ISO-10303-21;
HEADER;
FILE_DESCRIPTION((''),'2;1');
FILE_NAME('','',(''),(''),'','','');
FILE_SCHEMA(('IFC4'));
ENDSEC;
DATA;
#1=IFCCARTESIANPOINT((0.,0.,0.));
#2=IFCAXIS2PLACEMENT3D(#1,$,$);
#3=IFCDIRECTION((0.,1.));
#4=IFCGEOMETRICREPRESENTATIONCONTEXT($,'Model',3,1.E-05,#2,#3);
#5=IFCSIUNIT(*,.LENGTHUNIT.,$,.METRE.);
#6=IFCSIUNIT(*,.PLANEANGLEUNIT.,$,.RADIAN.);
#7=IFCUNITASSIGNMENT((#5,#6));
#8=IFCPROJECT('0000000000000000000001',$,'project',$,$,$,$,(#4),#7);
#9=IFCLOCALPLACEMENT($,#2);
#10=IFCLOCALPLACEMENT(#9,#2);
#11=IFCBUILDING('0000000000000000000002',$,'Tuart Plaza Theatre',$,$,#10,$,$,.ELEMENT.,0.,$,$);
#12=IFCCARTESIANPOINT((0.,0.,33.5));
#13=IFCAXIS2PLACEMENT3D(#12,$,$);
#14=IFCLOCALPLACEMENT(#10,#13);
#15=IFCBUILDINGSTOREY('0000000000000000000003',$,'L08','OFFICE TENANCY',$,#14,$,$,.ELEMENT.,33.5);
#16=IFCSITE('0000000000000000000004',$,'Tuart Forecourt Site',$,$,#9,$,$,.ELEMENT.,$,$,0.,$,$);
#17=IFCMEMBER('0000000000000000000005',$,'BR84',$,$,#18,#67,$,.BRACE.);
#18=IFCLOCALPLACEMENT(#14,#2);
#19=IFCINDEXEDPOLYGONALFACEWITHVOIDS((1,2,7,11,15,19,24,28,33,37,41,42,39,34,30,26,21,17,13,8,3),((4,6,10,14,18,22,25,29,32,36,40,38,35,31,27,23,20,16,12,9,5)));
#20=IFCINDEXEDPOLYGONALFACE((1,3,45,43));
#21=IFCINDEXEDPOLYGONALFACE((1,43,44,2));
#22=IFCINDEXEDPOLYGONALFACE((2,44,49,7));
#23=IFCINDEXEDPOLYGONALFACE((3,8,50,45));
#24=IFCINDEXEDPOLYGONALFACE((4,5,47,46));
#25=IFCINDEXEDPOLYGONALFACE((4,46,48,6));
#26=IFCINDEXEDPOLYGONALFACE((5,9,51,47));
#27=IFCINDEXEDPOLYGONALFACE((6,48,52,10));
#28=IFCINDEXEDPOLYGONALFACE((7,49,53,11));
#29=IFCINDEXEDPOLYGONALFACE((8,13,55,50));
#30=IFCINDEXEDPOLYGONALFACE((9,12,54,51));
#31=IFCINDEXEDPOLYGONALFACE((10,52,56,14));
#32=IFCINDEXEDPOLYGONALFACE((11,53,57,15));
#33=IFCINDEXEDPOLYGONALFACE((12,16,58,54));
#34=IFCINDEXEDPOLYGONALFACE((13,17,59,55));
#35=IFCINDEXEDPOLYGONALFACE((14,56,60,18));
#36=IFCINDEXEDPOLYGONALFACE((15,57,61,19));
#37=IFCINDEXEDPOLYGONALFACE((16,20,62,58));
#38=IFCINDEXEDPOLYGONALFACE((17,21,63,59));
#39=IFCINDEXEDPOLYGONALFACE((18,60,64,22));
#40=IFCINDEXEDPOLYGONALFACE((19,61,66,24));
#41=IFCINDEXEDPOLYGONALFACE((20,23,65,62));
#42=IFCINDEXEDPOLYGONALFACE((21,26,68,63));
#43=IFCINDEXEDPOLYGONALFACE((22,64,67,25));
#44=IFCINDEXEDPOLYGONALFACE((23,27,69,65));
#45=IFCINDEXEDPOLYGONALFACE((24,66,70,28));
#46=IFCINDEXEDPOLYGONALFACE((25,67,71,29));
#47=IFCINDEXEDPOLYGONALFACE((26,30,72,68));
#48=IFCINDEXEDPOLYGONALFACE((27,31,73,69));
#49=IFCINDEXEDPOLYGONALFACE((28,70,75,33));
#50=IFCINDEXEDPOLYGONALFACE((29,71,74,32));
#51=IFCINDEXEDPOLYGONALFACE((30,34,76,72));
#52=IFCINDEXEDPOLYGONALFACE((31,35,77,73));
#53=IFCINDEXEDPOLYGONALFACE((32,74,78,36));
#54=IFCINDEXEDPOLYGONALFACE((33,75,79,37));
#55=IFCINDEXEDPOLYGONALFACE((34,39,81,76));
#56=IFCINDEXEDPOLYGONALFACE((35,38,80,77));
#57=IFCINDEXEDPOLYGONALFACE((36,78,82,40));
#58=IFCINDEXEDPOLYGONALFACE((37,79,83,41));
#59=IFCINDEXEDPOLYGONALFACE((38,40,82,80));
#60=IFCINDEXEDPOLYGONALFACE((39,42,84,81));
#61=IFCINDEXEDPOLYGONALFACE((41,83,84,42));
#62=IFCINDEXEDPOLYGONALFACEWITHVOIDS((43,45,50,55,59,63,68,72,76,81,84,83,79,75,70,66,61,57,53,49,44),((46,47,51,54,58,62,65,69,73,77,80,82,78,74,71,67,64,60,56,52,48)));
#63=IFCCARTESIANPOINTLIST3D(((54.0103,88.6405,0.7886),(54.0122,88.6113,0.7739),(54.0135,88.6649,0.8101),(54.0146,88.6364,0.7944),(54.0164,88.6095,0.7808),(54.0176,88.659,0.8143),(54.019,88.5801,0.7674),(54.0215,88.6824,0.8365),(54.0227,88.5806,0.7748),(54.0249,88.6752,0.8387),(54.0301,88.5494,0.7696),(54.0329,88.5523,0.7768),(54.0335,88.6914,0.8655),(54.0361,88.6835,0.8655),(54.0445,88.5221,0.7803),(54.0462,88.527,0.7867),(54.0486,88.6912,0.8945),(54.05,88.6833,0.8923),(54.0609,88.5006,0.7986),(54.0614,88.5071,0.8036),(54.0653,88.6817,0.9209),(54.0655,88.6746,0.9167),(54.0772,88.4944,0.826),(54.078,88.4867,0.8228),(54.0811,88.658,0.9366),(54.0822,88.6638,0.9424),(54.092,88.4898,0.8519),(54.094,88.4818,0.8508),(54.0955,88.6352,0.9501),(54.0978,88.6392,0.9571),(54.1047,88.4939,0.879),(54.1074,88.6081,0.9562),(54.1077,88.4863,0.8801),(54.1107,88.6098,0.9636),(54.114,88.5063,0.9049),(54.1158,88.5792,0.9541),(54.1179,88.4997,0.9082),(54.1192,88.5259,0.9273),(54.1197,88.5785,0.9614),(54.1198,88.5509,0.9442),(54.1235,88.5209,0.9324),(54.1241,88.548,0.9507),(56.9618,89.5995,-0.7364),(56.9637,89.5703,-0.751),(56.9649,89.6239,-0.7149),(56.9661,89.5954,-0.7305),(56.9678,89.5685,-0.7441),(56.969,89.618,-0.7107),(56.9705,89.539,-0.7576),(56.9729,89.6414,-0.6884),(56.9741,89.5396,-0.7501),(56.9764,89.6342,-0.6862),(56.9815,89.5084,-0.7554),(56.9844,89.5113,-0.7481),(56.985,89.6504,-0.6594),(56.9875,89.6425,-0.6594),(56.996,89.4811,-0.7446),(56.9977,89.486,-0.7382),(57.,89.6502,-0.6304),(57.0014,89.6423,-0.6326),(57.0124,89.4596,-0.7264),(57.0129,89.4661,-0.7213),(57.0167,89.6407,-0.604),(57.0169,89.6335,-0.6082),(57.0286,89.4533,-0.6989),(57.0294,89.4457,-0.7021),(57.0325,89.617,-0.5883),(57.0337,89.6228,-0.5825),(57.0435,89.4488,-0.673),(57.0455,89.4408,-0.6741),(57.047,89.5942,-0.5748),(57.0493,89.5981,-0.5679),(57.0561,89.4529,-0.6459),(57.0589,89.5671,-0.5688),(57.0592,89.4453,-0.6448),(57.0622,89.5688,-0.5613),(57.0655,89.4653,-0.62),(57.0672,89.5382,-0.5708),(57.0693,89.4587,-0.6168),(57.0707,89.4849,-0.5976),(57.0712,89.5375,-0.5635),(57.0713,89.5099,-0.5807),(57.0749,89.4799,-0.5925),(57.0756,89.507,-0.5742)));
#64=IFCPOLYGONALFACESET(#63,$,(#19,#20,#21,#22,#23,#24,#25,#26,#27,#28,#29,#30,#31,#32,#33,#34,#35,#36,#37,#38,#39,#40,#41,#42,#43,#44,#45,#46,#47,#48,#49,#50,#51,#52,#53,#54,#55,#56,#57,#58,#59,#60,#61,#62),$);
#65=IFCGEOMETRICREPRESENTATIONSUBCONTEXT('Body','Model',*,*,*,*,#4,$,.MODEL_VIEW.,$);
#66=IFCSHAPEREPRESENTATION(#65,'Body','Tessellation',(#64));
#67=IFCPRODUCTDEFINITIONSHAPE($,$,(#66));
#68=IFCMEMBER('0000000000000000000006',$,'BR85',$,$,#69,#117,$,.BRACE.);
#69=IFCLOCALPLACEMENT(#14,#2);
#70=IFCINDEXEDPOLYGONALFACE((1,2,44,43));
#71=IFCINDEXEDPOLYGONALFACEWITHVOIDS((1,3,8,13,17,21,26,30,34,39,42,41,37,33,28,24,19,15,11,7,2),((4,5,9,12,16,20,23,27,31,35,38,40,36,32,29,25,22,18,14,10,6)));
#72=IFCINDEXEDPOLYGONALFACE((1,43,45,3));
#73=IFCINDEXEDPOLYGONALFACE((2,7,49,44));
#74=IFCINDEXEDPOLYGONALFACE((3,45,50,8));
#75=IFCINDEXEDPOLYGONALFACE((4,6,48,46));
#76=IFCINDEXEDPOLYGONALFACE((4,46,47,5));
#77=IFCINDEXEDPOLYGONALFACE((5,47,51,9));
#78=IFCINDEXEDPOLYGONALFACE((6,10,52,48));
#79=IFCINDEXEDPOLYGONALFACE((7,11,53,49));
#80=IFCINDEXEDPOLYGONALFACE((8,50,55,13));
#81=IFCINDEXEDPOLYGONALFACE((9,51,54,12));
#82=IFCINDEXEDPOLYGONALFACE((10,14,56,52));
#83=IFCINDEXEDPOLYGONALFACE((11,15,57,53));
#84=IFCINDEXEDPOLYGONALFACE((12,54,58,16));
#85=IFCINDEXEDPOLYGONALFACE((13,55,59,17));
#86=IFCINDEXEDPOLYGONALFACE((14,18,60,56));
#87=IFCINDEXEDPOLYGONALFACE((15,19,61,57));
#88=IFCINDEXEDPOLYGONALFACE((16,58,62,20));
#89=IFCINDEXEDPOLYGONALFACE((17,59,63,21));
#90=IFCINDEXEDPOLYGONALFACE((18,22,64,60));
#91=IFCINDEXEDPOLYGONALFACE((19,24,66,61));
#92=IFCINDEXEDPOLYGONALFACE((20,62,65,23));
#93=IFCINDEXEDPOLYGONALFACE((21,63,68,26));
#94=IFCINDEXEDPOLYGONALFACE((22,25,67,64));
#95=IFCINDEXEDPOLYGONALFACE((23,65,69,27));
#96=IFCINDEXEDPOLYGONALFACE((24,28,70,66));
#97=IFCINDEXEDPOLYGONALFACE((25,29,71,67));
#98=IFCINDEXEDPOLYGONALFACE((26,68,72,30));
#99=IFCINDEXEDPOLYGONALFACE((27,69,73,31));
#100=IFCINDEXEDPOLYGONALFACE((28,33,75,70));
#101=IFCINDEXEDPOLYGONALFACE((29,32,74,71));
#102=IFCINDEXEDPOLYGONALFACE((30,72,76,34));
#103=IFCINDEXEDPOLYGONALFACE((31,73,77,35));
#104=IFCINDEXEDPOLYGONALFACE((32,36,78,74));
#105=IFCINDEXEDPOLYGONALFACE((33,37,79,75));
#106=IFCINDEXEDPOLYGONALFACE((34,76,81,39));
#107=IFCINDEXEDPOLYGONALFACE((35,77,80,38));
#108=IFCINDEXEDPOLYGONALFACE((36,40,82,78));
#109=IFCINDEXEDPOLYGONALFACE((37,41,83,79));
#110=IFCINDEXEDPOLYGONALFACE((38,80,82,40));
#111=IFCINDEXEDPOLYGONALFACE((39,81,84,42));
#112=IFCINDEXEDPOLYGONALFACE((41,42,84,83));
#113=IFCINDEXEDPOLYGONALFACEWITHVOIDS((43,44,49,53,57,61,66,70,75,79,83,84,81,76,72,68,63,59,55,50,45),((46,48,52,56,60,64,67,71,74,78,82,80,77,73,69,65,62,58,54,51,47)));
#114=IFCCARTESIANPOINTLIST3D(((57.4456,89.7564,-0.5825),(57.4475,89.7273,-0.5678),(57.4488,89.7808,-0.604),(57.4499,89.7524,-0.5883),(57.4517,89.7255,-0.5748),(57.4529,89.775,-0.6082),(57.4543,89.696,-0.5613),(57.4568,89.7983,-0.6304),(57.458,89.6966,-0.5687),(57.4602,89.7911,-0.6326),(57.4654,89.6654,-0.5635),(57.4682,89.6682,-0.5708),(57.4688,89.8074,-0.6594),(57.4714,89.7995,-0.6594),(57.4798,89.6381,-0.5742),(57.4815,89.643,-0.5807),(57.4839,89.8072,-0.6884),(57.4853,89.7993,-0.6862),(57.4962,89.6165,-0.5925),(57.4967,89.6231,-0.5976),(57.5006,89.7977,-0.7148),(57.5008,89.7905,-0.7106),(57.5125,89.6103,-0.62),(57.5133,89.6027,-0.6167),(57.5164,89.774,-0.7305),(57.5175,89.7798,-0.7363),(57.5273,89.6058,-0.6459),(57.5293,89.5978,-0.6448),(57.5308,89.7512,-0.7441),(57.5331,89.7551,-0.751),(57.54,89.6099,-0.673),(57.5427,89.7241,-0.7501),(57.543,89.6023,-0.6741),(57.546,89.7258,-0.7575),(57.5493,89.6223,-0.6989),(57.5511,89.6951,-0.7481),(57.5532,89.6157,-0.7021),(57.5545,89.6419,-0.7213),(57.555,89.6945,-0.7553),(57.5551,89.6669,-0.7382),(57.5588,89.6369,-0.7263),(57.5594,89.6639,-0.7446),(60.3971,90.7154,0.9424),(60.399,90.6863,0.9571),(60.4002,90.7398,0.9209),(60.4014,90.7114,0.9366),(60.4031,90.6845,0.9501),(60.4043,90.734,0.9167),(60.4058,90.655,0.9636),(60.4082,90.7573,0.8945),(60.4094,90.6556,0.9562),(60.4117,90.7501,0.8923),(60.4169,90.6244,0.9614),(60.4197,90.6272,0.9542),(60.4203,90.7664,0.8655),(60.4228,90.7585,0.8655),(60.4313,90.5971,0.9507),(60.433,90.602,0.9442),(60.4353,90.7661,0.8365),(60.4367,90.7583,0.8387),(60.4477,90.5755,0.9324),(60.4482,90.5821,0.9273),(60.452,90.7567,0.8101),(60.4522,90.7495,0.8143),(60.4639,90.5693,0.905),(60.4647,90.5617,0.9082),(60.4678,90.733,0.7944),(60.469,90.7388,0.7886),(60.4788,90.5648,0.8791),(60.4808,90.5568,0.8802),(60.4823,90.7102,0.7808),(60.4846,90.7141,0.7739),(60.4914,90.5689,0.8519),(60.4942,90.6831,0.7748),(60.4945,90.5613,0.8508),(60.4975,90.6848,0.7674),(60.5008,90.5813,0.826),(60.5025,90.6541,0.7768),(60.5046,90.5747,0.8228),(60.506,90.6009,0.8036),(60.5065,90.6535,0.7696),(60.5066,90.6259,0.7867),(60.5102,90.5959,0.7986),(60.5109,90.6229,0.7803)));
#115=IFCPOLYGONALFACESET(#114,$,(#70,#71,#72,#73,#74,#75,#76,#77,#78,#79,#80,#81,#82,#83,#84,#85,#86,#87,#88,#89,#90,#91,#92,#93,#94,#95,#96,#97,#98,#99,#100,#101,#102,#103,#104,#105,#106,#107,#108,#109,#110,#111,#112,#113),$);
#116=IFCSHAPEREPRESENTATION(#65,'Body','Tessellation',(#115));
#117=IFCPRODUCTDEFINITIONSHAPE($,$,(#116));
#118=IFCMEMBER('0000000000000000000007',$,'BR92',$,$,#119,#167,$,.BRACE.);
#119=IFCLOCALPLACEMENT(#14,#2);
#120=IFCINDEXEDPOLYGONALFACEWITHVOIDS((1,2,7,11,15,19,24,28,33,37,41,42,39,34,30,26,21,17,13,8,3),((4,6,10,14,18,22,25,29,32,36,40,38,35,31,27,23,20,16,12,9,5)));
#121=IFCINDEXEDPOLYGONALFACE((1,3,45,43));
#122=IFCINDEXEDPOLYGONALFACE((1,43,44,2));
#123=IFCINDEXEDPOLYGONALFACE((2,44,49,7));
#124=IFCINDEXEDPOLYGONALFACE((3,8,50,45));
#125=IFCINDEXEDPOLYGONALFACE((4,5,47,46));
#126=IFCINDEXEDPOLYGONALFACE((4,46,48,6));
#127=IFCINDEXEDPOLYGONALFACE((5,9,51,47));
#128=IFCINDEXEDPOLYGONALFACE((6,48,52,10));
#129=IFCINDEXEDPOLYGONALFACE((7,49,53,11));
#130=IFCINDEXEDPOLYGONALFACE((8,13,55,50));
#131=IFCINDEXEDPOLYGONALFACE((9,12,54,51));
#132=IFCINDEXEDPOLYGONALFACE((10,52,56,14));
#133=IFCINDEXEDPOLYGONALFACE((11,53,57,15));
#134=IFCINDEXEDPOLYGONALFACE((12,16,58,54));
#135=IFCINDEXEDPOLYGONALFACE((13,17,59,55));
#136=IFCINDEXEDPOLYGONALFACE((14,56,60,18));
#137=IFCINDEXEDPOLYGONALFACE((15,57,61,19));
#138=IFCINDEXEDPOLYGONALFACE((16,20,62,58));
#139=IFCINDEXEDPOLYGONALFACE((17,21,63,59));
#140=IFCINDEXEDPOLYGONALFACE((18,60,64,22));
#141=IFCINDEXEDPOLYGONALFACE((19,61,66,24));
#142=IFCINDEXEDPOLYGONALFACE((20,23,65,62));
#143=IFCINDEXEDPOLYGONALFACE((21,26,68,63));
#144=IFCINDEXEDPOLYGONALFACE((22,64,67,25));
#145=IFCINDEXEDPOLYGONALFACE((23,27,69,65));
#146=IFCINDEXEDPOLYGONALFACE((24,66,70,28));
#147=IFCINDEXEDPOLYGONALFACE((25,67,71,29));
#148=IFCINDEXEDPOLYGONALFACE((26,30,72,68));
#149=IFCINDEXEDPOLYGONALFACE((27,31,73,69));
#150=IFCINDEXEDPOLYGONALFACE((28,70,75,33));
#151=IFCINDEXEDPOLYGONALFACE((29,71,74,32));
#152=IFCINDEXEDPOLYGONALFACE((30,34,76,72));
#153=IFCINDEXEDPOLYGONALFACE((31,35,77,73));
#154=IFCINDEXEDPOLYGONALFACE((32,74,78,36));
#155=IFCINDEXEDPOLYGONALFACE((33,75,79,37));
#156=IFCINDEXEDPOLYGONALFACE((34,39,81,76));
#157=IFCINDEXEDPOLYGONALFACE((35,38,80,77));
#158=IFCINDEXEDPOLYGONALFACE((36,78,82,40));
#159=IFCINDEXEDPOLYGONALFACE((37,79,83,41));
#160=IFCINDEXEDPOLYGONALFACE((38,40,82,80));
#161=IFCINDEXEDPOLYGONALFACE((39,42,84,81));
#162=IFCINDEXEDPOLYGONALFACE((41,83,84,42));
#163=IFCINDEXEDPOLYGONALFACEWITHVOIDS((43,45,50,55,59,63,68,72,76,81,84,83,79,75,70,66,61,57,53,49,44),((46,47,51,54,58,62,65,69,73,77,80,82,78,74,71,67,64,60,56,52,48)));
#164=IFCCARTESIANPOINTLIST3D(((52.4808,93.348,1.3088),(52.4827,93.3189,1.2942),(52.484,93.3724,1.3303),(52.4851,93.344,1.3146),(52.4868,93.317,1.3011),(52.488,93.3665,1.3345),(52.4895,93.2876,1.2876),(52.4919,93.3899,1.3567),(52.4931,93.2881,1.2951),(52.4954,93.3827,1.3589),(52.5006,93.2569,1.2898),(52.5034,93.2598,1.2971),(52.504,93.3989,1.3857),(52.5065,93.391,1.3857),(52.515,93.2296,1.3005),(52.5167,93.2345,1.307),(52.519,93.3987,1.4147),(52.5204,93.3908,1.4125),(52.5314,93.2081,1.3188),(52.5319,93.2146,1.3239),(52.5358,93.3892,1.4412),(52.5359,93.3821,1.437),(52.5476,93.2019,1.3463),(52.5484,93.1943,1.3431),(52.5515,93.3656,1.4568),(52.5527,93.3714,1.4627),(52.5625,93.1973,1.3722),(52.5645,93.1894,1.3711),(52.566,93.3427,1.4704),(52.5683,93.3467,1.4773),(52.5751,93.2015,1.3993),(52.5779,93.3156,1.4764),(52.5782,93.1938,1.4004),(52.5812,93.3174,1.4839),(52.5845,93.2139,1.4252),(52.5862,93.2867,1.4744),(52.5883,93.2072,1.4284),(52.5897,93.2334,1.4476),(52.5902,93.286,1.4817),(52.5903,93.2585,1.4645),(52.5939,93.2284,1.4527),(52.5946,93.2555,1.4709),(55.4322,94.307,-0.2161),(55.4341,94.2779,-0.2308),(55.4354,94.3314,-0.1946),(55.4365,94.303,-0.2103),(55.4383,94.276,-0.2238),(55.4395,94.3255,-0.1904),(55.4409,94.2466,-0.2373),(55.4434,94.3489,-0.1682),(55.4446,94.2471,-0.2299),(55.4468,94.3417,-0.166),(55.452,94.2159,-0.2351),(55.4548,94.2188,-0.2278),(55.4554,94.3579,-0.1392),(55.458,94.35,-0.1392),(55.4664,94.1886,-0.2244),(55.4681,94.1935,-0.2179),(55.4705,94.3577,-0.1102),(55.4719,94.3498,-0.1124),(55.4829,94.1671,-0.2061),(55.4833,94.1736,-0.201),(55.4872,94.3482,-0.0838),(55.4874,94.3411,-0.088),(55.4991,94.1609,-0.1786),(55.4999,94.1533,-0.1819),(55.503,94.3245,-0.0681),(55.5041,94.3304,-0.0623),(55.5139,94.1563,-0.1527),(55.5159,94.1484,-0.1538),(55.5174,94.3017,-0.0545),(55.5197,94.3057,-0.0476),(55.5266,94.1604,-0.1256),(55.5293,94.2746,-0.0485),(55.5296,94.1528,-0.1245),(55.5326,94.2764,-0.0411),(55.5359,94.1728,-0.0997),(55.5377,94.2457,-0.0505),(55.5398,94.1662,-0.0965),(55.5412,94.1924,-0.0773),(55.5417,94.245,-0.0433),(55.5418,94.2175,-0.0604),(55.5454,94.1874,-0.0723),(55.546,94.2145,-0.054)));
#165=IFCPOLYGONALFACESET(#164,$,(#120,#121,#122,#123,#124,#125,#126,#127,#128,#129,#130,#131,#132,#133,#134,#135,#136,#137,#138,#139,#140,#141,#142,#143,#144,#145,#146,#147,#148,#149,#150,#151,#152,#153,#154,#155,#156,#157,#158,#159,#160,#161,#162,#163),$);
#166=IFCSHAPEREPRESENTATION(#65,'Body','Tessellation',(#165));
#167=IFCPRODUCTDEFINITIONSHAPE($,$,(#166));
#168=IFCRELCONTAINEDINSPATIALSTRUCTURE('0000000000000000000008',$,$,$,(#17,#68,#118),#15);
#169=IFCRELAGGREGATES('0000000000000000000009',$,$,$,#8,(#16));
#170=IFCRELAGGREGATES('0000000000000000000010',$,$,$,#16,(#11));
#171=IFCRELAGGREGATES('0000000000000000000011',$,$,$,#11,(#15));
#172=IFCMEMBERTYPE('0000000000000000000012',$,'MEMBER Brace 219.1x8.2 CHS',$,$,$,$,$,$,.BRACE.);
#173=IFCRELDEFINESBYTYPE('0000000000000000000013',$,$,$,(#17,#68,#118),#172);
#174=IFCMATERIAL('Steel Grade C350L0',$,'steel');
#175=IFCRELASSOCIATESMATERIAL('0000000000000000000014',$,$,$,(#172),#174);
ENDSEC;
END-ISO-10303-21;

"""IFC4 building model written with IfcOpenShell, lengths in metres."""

from ifc_helpers import new_model, si_unit, direction, frame, origin, origin_2d, place, context, subcontext, project, spatial, hollow_circle, extrude, material, material_profile, profile_set, type_object, element, save


model = new_model("IFC4")

# Units and contexts
model_context = context("Model", 3, precision=1e-05, world=origin(), true_north=direction((0.0, 1.0)))
body_context = subcontext(model_context, "Body", "Model", "MODEL_VIEW")
ifc_project = project(units=[si_unit("LENGTHUNIT", "METRE"), si_unit("PLANEANGLEUNIT", "RADIAN")], contexts=[model_context])

# Site, building, storey
site_placement = place(None, origin())
site = spatial("IfcSite", under=ifc_project, at=site_placement, Name="Tuart Forecourt Site", CompositionType="ELEMENT", RefElevation=0.0)
building_placement = place(site_placement, origin())
building = spatial("IfcBuilding", under=site, at=building_placement, Name="Tuart Plaza Theatre", CompositionType="ELEMENT", ElevationOfRefHeight=0.0)
storey_placement = place(building_placement, frame((0.0, 0.0, 33.5)))
storey = spatial("IfcBuildingStorey", under=building, at=storey_placement, Name="L08", Description="OFFICE TENANCY", CompositionType="ELEMENT", Elevation=33.5)

# Members
ifc_material_1 = material(Name="Steel Grade C350L0", Category="steel")
ifc_material_profile_1 = material_profile(ifc_material_1, hollow_circle(Radius=0.1096, WallThickness=0.0083, at=origin_2d()), Name="219.1x8.2 CHS")
ifc_profile_set_1 = profile_set([ifc_material_profile_1], Name="Steel Grade C350L0")
member_type_1 = type_object("IfcMemberType", Name="MEMBER Brace 219.1x8.2 CHS", PredefinedType="BRACE", material=ifc_profile_set_1)
for number, where, z_axis, x_axis, name in (
    (1, (54.0674, 88.5872, 0.8655), (0.853573, 0.277346, -0.441014), (-0.30902, 0.951055, 0.0), "BR84"),
    (2, (57.5027, 89.7031, -0.6594), (0.853573, 0.277346, 0.441014), (-0.30902, 0.951055, 0.0), "BR85"),
    (3, (52.5378, 93.2947, 1.3857), (0.853573, 0.277346, -0.441014), (-0.30902, 0.951055, 0.0), "BR92"),
):
    element("IfcMember", number, at=place(storey_placement, frame(where, z_axis=z_axis, x_axis=x_axis)), inside=storey, type_object=member_type_1, Name=name, PredefinedType="BRACE", context=body_context, shape_type="SweptSolid", body=[
        extrude(hollow_circle(Radius=0.1096, WallThickness=0.0083, at=origin_2d()), origin(), (0.0, 0.0, 1.0), 3.4578),
    ])

save(model, "model.ifc")
